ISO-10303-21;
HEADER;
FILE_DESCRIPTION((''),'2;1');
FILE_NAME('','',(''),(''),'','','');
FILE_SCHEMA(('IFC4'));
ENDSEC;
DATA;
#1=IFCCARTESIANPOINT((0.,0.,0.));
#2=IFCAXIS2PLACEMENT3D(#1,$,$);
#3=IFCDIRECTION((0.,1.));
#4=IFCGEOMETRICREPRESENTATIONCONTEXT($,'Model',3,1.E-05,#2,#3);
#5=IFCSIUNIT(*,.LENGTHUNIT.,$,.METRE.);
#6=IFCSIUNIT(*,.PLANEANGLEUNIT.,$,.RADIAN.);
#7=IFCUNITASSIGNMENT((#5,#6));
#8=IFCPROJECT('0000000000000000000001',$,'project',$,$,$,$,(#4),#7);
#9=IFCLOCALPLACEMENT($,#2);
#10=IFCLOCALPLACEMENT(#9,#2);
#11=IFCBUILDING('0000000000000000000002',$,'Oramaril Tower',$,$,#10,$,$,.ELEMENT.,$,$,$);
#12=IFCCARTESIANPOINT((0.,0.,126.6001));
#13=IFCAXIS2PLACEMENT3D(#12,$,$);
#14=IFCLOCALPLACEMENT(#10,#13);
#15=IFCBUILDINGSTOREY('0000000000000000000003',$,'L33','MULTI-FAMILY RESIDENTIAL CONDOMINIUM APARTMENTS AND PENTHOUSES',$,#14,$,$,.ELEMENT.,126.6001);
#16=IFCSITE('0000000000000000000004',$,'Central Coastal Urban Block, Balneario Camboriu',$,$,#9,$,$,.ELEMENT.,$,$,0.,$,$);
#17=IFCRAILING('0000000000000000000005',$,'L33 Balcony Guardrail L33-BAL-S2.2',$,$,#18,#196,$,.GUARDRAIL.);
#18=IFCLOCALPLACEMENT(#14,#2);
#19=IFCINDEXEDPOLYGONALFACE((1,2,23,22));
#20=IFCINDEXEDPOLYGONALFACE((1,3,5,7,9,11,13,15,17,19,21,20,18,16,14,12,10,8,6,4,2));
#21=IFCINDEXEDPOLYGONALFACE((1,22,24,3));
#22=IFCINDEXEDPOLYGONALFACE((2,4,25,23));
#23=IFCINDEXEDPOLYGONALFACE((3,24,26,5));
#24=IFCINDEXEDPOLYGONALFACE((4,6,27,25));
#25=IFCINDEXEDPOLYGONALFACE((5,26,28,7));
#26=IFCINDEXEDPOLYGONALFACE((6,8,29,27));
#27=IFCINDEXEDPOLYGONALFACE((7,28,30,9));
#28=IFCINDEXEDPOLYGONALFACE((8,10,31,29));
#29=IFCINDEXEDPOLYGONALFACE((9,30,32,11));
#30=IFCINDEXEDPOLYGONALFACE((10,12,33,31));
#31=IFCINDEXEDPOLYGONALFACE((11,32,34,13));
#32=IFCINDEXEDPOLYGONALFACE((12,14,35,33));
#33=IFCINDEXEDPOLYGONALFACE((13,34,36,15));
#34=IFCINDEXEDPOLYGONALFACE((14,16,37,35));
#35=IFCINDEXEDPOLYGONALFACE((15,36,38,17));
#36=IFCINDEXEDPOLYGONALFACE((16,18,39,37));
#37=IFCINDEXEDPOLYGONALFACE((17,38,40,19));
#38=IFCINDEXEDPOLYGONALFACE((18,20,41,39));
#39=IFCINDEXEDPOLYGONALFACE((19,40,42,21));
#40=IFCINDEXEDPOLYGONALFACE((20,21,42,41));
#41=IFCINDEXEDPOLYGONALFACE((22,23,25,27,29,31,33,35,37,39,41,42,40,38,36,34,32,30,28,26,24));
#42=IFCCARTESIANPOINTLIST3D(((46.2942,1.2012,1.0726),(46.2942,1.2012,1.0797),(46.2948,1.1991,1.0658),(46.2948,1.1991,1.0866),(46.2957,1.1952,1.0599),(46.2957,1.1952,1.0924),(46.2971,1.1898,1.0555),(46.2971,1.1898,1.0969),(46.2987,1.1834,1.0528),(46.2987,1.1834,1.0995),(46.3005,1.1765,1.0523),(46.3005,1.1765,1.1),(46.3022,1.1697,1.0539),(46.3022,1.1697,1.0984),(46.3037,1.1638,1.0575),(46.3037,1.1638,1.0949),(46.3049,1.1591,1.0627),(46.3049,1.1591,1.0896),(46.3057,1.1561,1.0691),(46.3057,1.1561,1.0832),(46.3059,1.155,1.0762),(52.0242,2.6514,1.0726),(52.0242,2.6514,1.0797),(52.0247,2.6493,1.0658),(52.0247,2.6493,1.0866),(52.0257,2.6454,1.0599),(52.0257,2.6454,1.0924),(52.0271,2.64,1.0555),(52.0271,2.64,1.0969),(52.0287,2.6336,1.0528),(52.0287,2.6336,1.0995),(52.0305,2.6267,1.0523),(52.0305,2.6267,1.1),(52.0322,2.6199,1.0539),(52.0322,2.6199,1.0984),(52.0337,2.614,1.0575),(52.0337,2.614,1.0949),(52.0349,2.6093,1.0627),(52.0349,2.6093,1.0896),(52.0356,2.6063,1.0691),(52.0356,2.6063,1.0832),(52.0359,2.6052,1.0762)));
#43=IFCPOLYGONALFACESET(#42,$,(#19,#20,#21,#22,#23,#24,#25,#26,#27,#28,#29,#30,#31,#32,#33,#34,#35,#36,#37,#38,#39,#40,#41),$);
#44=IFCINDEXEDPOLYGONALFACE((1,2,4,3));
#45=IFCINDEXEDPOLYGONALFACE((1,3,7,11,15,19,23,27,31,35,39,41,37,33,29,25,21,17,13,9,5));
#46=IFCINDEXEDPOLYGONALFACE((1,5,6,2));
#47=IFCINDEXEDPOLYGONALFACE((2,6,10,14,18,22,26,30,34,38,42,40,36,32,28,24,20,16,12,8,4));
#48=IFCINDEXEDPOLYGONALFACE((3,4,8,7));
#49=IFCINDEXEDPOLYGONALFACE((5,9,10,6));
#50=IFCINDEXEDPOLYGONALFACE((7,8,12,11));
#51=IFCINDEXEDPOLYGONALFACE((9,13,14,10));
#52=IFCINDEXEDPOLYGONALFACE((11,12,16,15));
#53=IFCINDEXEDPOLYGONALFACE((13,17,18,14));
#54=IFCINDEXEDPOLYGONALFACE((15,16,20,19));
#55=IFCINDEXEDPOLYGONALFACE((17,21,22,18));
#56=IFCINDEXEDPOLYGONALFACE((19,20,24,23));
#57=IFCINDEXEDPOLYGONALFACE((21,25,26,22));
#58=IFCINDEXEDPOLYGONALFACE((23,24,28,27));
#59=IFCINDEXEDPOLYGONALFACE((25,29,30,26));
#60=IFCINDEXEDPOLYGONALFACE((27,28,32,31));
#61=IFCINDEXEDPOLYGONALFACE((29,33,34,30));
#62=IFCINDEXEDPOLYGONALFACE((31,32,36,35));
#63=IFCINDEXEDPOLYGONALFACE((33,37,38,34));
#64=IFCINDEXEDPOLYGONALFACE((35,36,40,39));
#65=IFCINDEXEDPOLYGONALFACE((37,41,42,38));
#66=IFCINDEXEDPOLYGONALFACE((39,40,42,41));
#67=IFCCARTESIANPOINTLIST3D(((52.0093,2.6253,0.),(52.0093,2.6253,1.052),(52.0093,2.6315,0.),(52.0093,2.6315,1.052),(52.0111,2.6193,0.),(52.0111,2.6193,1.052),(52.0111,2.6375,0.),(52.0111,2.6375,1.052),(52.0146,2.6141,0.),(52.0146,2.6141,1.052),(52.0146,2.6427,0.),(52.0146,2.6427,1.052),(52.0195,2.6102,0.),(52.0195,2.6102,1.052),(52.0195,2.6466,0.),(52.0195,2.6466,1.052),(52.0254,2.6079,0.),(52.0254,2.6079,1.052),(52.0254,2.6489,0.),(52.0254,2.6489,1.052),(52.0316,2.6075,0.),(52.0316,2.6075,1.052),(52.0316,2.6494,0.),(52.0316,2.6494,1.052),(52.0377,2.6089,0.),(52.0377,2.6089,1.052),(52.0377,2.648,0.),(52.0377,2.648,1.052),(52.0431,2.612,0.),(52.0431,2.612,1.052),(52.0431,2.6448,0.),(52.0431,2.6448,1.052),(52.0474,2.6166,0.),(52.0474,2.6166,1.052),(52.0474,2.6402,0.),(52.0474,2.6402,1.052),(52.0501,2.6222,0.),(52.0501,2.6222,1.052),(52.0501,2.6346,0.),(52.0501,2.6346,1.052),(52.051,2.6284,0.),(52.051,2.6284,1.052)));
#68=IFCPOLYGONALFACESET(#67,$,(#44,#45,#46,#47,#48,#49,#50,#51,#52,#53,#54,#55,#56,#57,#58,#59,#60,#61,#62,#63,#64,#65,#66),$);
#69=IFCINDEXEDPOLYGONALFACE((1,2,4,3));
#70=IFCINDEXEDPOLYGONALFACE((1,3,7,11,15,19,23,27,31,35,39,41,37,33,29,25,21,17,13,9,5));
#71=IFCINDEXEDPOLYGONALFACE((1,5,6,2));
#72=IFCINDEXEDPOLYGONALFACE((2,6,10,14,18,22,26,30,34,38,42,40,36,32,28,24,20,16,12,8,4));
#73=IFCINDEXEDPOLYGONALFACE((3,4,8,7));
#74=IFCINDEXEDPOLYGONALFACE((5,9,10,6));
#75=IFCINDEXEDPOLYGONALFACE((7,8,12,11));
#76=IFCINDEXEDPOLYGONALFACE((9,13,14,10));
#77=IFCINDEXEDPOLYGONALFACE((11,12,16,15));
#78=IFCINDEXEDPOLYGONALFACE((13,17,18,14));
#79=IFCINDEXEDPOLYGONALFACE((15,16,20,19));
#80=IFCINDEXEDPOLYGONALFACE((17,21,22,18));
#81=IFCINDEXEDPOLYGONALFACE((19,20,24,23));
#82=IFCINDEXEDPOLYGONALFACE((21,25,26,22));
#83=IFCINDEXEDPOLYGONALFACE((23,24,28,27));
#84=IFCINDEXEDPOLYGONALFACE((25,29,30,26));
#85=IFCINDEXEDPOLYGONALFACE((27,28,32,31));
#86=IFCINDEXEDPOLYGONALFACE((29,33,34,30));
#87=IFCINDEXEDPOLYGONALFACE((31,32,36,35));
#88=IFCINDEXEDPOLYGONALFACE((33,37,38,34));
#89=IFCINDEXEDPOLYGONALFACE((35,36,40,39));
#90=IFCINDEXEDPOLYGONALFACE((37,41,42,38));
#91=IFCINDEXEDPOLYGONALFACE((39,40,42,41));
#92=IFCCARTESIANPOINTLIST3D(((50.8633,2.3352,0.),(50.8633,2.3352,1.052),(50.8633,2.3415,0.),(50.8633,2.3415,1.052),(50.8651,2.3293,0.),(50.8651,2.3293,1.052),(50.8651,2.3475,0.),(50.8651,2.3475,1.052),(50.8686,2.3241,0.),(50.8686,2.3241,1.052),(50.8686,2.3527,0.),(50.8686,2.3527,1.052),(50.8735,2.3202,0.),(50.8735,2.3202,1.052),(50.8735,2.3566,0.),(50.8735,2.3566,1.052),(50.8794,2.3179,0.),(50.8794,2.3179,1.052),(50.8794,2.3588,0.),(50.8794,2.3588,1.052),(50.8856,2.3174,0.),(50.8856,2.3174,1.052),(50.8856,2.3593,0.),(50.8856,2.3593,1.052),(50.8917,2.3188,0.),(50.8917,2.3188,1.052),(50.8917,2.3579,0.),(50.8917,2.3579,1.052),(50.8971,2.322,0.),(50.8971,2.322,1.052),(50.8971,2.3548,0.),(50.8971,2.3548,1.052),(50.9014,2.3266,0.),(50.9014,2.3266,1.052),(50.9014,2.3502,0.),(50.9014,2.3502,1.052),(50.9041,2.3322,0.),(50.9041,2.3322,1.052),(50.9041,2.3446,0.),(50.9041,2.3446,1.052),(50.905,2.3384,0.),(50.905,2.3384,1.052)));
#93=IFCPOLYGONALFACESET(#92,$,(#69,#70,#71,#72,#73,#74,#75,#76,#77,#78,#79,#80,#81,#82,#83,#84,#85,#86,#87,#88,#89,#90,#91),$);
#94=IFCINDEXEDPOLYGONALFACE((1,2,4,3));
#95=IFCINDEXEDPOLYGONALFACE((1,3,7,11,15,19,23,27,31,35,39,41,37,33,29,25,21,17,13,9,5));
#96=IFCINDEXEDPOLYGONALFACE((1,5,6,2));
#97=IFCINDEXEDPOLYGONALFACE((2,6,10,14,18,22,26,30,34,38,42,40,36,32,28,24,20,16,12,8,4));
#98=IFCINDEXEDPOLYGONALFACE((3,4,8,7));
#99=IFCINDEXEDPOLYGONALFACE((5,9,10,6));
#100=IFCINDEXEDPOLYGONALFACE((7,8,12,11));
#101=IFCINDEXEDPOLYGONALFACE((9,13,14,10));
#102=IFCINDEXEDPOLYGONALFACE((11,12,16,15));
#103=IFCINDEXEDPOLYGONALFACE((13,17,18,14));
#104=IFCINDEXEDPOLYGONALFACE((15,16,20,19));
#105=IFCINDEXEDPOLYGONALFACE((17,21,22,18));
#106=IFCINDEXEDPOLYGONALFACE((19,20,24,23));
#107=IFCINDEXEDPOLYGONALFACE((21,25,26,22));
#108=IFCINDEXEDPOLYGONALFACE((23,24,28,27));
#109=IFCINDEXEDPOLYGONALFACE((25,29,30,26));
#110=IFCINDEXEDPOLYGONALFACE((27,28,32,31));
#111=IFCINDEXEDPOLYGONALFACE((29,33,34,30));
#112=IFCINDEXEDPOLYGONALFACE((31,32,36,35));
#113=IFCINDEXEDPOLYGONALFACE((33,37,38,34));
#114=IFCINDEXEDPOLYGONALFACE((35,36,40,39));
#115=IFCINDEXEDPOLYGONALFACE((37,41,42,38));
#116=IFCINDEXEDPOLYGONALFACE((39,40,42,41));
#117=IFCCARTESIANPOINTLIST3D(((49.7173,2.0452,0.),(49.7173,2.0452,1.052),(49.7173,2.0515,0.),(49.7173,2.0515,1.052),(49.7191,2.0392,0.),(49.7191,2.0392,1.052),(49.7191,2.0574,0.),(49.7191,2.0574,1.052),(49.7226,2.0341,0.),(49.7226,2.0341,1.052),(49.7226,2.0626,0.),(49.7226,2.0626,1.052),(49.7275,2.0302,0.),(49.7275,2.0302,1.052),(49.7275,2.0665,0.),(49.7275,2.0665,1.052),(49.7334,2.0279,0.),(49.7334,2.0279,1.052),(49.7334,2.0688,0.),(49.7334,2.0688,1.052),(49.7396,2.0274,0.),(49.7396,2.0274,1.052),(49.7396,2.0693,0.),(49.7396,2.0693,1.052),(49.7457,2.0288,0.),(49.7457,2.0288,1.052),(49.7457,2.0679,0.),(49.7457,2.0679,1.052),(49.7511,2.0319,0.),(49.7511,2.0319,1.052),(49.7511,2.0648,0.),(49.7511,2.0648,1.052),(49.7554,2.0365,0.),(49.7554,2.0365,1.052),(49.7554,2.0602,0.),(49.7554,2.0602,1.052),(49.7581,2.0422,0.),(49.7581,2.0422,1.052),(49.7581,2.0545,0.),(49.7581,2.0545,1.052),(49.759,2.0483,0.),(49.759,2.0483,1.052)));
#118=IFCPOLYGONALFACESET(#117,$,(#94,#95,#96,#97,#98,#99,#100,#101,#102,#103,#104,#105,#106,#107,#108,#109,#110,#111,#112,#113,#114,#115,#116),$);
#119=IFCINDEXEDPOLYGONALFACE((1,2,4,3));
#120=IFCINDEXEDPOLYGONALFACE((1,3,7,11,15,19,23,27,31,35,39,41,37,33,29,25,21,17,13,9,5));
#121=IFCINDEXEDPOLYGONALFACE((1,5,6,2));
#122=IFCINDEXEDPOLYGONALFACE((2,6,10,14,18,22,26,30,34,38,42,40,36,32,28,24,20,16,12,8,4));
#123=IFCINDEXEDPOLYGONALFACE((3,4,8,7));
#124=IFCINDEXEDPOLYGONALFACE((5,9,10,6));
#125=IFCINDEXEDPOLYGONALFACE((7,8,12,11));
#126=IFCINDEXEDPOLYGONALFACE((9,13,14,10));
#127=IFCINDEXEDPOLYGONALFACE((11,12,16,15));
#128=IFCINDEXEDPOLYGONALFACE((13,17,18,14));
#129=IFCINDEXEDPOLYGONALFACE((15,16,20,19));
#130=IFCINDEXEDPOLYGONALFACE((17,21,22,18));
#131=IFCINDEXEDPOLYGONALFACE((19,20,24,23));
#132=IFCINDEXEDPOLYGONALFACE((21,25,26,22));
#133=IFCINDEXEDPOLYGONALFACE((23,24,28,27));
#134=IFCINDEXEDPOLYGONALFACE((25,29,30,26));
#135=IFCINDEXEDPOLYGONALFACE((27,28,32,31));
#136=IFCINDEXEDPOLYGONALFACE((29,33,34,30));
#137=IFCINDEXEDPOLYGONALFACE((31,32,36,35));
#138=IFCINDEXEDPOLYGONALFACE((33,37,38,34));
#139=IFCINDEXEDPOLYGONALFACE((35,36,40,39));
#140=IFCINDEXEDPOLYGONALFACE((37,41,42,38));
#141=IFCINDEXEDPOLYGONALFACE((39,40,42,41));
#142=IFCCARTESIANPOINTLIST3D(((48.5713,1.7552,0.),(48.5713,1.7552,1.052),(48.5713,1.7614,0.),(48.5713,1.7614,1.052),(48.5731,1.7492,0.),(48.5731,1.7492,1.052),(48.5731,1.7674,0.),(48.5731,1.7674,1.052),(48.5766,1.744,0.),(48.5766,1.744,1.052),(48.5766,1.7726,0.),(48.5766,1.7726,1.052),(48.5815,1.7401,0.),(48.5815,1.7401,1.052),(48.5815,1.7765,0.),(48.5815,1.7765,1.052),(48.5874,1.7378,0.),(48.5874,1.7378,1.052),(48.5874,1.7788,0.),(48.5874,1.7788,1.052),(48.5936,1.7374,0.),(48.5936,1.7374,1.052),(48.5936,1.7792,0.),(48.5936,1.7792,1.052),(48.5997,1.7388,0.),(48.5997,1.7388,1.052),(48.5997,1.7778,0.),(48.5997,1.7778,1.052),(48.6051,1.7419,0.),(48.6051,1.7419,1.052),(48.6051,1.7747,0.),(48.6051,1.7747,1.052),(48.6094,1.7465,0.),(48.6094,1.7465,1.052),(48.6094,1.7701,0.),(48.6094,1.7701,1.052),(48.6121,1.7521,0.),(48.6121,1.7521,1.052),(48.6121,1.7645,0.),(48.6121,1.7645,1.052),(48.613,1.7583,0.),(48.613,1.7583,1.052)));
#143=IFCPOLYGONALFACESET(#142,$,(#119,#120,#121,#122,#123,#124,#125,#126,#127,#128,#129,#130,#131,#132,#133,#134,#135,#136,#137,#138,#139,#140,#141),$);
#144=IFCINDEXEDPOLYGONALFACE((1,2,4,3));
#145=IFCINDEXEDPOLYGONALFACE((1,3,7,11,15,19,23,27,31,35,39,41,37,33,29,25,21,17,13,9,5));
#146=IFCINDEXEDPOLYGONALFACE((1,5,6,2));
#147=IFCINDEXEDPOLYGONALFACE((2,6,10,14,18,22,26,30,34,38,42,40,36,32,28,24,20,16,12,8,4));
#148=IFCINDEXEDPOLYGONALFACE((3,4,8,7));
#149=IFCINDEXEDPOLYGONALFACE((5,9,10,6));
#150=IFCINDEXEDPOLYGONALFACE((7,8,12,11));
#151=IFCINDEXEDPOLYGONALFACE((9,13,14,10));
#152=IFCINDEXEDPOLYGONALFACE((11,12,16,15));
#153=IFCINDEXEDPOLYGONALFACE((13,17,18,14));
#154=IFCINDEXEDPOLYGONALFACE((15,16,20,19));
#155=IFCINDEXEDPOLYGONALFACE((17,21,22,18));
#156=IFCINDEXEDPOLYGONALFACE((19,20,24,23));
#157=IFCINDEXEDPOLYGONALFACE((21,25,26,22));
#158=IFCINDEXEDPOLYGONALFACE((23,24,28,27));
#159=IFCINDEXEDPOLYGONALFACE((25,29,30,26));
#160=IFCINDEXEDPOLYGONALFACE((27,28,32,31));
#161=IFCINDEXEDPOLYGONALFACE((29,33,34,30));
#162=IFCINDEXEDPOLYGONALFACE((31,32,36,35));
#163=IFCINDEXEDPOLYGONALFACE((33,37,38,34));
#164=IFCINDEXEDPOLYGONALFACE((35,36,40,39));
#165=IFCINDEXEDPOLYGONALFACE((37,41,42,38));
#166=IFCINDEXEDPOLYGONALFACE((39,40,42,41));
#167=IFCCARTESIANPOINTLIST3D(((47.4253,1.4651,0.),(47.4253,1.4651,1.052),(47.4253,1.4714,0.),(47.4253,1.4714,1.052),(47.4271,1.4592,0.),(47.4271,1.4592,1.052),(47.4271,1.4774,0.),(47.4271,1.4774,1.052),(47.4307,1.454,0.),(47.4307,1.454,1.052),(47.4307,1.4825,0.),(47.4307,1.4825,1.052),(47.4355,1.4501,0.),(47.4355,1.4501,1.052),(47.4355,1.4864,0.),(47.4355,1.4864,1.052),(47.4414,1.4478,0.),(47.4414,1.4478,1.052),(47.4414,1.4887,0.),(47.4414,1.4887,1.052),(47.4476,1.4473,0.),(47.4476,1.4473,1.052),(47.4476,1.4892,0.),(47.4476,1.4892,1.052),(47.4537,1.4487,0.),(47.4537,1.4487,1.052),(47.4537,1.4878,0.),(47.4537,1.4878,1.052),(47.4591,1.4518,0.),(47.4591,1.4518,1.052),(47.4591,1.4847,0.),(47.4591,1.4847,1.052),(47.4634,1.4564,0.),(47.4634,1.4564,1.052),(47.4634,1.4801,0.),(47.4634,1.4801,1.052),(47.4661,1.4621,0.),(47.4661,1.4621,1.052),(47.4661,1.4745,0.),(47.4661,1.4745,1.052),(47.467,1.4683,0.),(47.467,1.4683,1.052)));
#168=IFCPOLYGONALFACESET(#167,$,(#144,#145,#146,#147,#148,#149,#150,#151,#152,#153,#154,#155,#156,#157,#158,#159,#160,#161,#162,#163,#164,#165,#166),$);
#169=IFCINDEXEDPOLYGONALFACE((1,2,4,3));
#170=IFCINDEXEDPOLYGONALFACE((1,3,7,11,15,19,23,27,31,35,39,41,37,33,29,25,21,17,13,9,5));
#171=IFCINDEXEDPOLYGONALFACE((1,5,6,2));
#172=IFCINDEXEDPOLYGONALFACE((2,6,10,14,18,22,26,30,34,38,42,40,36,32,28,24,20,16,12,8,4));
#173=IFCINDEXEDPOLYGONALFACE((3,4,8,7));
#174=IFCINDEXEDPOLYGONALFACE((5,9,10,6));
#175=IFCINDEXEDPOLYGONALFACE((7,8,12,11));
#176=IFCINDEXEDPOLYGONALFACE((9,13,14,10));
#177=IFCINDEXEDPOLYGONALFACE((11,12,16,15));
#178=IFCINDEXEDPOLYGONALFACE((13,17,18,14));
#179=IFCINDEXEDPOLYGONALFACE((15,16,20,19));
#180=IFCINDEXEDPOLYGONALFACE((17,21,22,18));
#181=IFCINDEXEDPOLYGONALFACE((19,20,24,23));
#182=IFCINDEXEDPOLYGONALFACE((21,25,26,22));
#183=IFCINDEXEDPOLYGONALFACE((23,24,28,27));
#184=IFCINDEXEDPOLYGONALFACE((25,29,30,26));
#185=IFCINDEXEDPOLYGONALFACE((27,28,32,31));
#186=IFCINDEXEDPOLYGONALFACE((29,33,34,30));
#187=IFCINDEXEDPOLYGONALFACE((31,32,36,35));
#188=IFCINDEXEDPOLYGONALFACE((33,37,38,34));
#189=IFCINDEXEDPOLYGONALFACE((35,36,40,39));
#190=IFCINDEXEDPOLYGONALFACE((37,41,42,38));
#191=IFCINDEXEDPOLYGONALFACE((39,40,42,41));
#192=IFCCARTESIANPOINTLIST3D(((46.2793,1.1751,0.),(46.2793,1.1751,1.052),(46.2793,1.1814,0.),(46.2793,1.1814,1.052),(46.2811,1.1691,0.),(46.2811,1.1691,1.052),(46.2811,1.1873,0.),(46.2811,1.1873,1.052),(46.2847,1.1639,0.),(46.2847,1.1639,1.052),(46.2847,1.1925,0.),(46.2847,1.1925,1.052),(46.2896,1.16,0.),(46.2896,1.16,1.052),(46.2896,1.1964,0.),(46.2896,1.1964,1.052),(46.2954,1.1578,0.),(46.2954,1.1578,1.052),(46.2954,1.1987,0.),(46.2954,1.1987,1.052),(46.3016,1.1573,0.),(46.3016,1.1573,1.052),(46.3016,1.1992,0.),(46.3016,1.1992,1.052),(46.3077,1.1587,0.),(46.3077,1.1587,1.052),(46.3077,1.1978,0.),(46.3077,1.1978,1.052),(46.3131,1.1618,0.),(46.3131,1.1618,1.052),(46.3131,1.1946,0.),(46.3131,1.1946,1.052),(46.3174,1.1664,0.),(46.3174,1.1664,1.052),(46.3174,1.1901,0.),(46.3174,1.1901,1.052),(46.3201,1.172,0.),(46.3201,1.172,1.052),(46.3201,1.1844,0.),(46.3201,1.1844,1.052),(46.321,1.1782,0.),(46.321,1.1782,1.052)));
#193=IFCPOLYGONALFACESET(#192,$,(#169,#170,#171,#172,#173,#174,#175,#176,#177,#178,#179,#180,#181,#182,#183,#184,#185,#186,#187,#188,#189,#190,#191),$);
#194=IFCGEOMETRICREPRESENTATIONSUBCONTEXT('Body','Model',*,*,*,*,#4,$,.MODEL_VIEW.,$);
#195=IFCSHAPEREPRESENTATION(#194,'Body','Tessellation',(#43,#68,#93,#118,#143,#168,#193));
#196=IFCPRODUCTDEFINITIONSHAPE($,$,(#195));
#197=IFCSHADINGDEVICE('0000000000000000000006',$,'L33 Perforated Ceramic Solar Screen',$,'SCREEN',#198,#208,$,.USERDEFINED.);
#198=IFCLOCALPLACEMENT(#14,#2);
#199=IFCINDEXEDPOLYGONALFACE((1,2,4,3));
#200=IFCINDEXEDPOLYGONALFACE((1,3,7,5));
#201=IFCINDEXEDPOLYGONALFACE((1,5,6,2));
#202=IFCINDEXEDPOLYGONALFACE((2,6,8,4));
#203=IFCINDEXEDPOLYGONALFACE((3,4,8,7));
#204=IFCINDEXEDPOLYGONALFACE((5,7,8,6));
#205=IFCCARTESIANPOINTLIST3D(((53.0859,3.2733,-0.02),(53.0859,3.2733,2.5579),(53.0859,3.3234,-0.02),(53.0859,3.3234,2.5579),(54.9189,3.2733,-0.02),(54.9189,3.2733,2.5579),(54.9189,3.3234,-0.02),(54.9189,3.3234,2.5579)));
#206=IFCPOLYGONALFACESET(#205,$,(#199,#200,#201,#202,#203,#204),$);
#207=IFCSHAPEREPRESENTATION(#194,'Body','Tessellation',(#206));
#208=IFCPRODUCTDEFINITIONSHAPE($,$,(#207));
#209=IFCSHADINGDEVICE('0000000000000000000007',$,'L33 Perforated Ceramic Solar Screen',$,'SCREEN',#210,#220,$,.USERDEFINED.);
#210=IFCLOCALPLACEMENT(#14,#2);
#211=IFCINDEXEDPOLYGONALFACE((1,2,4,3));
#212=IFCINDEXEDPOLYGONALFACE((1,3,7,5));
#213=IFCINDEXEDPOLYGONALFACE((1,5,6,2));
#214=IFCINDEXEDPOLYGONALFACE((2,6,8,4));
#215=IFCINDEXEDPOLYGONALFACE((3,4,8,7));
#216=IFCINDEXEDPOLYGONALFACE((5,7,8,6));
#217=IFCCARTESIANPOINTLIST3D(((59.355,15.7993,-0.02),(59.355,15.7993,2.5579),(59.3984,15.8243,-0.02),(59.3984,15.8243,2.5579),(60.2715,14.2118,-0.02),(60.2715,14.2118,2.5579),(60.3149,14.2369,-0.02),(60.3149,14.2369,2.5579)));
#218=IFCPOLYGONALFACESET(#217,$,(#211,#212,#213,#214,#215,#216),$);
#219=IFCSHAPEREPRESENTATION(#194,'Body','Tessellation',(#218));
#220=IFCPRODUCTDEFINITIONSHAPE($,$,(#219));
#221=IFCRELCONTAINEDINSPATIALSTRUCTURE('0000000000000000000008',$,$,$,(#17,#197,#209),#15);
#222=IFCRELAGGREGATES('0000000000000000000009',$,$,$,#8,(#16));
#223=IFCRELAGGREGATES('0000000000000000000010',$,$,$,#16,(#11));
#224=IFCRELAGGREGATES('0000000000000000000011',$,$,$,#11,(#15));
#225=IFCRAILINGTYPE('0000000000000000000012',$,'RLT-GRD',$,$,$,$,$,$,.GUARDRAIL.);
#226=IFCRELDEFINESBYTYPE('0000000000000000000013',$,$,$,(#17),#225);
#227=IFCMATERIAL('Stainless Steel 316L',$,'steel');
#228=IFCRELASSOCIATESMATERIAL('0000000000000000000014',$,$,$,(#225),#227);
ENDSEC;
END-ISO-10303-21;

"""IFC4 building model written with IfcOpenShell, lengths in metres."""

from ifc_helpers import new_model, si_unit, direction, frame, origin, origin_2d, place, context, subcontext, project, spatial, rectangle, circle, extrude, material, type_object, element, save


model = new_model("IFC4")

# Units and contexts
model_context = context("Model", 3, precision=1e-05, world=origin(), true_north=direction((0.0, 1.0)))
body_context = subcontext(model_context, "Body", "Model", "MODEL_VIEW")
ifc_project = project(units=[si_unit("LENGTHUNIT", "METRE"), si_unit("PLANEANGLEUNIT", "RADIAN")], contexts=[model_context])

# Site, building, storey
site_placement = place(None, origin())
site = spatial("IfcSite", under=ifc_project, at=site_placement, Name="Central Coastal Urban Block, Balneario Camboriu", CompositionType="ELEMENT", RefElevation=0.0)
building_placement = place(site_placement, origin())
building = spatial("IfcBuilding", under=site, at=building_placement, Name="Oramaril Tower", CompositionType="ELEMENT")
storey_placement = place(building_placement, frame((0.0, 0.0, 126.6001)))
storey = spatial("IfcBuildingStorey", under=building, at=storey_placement, Name="L33", Description="MULTI-FAMILY RESIDENTIAL CONDOMINIUM APARTMENTS AND PENTHOUSES", CompositionType="ELEMENT", Elevation=126.6001)

# Railing
ifc_material_1 = material(Name="Stainless Steel 316L", Category="steel")
railing_type = type_object("IfcRailingType", Name="RLT-GRD", PredefinedType="GUARDRAIL", material=ifc_material_1)
railing_1_placement = place(storey_placement, frame((52.03, 2.6284, 0.0)))
element("IfcRailing", 1, at=railing_1_placement, inside=storey, type_object=railing_type, Name="L33 Balcony Guardrail L33-BAL-S2.2", PredefinedType="GUARDRAIL", context=body_context, shape_type="SweptSolid", body=[
    extrude(circle(Radius=0.0239, at=origin_2d()), frame((0.0, 0.0, 1.0762), z_axis=(-0.969434, -0.245353, 0.0), x_axis=(0.245353, -0.969434, 0.0)), (0.0, 0.0, 1.0), 5.9106),
    extrude(circle(Radius=0.021, at=origin_2d()), origin(), (0.0, 0.0, 1.0), 1.052),
    extrude(circle(Radius=0.021, at=origin_2d()), frame((-1.146, -0.29, 0.0)), (0.0, 0.0, 1.0), 1.052),
    extrude(circle(Radius=0.021, at=origin_2d()), frame((-2.292, -0.5801, 0.0)), (0.0, 0.0, 1.0), 1.052),
    extrude(circle(Radius=0.021, at=origin_2d()), frame((-3.438, -0.8701, 0.0)), (0.0, 0.0, 1.0), 1.052),
    extrude(circle(Radius=0.021, at=origin_2d()), frame((-4.584, -1.1602, 0.0)), (0.0, 0.0, 1.0), 1.052),
    extrude(circle(Radius=0.021, at=origin_2d()), frame((-5.73, -1.4502, 0.0)), (0.0, 0.0, 1.0), 1.052),
])

# Shading devices
for number, where, z_axis, x_axis, name in (
    (2, (54.0024, 3.2983, -0.02), (0.0, 0.0, 1.0), (1.0, 0.0, 0.0), "L33 Perforated Ceramic Solar Screen"),
    (3, (59.835, 15.0181, -0.02), (0.0, 0.0, 1.0), (-0.499998, 0.866026, 0.0), "L33 Perforated Ceramic Solar Screen"),
):
    element("IfcShadingDevice", number, at=place(storey_placement, frame(where, z_axis=z_axis, x_axis=x_axis)), inside=storey, Name=name, ObjectType="SCREEN", PredefinedType="USERDEFINED", context=body_context, shape_type="SweptSolid", body=[
        extrude(rectangle(XDim=1.833, YDim=0.05, at=origin_2d()), origin(), (0.0, 0.0, 1.0), 2.5779),
    ])

save(model, "model.ifc")
